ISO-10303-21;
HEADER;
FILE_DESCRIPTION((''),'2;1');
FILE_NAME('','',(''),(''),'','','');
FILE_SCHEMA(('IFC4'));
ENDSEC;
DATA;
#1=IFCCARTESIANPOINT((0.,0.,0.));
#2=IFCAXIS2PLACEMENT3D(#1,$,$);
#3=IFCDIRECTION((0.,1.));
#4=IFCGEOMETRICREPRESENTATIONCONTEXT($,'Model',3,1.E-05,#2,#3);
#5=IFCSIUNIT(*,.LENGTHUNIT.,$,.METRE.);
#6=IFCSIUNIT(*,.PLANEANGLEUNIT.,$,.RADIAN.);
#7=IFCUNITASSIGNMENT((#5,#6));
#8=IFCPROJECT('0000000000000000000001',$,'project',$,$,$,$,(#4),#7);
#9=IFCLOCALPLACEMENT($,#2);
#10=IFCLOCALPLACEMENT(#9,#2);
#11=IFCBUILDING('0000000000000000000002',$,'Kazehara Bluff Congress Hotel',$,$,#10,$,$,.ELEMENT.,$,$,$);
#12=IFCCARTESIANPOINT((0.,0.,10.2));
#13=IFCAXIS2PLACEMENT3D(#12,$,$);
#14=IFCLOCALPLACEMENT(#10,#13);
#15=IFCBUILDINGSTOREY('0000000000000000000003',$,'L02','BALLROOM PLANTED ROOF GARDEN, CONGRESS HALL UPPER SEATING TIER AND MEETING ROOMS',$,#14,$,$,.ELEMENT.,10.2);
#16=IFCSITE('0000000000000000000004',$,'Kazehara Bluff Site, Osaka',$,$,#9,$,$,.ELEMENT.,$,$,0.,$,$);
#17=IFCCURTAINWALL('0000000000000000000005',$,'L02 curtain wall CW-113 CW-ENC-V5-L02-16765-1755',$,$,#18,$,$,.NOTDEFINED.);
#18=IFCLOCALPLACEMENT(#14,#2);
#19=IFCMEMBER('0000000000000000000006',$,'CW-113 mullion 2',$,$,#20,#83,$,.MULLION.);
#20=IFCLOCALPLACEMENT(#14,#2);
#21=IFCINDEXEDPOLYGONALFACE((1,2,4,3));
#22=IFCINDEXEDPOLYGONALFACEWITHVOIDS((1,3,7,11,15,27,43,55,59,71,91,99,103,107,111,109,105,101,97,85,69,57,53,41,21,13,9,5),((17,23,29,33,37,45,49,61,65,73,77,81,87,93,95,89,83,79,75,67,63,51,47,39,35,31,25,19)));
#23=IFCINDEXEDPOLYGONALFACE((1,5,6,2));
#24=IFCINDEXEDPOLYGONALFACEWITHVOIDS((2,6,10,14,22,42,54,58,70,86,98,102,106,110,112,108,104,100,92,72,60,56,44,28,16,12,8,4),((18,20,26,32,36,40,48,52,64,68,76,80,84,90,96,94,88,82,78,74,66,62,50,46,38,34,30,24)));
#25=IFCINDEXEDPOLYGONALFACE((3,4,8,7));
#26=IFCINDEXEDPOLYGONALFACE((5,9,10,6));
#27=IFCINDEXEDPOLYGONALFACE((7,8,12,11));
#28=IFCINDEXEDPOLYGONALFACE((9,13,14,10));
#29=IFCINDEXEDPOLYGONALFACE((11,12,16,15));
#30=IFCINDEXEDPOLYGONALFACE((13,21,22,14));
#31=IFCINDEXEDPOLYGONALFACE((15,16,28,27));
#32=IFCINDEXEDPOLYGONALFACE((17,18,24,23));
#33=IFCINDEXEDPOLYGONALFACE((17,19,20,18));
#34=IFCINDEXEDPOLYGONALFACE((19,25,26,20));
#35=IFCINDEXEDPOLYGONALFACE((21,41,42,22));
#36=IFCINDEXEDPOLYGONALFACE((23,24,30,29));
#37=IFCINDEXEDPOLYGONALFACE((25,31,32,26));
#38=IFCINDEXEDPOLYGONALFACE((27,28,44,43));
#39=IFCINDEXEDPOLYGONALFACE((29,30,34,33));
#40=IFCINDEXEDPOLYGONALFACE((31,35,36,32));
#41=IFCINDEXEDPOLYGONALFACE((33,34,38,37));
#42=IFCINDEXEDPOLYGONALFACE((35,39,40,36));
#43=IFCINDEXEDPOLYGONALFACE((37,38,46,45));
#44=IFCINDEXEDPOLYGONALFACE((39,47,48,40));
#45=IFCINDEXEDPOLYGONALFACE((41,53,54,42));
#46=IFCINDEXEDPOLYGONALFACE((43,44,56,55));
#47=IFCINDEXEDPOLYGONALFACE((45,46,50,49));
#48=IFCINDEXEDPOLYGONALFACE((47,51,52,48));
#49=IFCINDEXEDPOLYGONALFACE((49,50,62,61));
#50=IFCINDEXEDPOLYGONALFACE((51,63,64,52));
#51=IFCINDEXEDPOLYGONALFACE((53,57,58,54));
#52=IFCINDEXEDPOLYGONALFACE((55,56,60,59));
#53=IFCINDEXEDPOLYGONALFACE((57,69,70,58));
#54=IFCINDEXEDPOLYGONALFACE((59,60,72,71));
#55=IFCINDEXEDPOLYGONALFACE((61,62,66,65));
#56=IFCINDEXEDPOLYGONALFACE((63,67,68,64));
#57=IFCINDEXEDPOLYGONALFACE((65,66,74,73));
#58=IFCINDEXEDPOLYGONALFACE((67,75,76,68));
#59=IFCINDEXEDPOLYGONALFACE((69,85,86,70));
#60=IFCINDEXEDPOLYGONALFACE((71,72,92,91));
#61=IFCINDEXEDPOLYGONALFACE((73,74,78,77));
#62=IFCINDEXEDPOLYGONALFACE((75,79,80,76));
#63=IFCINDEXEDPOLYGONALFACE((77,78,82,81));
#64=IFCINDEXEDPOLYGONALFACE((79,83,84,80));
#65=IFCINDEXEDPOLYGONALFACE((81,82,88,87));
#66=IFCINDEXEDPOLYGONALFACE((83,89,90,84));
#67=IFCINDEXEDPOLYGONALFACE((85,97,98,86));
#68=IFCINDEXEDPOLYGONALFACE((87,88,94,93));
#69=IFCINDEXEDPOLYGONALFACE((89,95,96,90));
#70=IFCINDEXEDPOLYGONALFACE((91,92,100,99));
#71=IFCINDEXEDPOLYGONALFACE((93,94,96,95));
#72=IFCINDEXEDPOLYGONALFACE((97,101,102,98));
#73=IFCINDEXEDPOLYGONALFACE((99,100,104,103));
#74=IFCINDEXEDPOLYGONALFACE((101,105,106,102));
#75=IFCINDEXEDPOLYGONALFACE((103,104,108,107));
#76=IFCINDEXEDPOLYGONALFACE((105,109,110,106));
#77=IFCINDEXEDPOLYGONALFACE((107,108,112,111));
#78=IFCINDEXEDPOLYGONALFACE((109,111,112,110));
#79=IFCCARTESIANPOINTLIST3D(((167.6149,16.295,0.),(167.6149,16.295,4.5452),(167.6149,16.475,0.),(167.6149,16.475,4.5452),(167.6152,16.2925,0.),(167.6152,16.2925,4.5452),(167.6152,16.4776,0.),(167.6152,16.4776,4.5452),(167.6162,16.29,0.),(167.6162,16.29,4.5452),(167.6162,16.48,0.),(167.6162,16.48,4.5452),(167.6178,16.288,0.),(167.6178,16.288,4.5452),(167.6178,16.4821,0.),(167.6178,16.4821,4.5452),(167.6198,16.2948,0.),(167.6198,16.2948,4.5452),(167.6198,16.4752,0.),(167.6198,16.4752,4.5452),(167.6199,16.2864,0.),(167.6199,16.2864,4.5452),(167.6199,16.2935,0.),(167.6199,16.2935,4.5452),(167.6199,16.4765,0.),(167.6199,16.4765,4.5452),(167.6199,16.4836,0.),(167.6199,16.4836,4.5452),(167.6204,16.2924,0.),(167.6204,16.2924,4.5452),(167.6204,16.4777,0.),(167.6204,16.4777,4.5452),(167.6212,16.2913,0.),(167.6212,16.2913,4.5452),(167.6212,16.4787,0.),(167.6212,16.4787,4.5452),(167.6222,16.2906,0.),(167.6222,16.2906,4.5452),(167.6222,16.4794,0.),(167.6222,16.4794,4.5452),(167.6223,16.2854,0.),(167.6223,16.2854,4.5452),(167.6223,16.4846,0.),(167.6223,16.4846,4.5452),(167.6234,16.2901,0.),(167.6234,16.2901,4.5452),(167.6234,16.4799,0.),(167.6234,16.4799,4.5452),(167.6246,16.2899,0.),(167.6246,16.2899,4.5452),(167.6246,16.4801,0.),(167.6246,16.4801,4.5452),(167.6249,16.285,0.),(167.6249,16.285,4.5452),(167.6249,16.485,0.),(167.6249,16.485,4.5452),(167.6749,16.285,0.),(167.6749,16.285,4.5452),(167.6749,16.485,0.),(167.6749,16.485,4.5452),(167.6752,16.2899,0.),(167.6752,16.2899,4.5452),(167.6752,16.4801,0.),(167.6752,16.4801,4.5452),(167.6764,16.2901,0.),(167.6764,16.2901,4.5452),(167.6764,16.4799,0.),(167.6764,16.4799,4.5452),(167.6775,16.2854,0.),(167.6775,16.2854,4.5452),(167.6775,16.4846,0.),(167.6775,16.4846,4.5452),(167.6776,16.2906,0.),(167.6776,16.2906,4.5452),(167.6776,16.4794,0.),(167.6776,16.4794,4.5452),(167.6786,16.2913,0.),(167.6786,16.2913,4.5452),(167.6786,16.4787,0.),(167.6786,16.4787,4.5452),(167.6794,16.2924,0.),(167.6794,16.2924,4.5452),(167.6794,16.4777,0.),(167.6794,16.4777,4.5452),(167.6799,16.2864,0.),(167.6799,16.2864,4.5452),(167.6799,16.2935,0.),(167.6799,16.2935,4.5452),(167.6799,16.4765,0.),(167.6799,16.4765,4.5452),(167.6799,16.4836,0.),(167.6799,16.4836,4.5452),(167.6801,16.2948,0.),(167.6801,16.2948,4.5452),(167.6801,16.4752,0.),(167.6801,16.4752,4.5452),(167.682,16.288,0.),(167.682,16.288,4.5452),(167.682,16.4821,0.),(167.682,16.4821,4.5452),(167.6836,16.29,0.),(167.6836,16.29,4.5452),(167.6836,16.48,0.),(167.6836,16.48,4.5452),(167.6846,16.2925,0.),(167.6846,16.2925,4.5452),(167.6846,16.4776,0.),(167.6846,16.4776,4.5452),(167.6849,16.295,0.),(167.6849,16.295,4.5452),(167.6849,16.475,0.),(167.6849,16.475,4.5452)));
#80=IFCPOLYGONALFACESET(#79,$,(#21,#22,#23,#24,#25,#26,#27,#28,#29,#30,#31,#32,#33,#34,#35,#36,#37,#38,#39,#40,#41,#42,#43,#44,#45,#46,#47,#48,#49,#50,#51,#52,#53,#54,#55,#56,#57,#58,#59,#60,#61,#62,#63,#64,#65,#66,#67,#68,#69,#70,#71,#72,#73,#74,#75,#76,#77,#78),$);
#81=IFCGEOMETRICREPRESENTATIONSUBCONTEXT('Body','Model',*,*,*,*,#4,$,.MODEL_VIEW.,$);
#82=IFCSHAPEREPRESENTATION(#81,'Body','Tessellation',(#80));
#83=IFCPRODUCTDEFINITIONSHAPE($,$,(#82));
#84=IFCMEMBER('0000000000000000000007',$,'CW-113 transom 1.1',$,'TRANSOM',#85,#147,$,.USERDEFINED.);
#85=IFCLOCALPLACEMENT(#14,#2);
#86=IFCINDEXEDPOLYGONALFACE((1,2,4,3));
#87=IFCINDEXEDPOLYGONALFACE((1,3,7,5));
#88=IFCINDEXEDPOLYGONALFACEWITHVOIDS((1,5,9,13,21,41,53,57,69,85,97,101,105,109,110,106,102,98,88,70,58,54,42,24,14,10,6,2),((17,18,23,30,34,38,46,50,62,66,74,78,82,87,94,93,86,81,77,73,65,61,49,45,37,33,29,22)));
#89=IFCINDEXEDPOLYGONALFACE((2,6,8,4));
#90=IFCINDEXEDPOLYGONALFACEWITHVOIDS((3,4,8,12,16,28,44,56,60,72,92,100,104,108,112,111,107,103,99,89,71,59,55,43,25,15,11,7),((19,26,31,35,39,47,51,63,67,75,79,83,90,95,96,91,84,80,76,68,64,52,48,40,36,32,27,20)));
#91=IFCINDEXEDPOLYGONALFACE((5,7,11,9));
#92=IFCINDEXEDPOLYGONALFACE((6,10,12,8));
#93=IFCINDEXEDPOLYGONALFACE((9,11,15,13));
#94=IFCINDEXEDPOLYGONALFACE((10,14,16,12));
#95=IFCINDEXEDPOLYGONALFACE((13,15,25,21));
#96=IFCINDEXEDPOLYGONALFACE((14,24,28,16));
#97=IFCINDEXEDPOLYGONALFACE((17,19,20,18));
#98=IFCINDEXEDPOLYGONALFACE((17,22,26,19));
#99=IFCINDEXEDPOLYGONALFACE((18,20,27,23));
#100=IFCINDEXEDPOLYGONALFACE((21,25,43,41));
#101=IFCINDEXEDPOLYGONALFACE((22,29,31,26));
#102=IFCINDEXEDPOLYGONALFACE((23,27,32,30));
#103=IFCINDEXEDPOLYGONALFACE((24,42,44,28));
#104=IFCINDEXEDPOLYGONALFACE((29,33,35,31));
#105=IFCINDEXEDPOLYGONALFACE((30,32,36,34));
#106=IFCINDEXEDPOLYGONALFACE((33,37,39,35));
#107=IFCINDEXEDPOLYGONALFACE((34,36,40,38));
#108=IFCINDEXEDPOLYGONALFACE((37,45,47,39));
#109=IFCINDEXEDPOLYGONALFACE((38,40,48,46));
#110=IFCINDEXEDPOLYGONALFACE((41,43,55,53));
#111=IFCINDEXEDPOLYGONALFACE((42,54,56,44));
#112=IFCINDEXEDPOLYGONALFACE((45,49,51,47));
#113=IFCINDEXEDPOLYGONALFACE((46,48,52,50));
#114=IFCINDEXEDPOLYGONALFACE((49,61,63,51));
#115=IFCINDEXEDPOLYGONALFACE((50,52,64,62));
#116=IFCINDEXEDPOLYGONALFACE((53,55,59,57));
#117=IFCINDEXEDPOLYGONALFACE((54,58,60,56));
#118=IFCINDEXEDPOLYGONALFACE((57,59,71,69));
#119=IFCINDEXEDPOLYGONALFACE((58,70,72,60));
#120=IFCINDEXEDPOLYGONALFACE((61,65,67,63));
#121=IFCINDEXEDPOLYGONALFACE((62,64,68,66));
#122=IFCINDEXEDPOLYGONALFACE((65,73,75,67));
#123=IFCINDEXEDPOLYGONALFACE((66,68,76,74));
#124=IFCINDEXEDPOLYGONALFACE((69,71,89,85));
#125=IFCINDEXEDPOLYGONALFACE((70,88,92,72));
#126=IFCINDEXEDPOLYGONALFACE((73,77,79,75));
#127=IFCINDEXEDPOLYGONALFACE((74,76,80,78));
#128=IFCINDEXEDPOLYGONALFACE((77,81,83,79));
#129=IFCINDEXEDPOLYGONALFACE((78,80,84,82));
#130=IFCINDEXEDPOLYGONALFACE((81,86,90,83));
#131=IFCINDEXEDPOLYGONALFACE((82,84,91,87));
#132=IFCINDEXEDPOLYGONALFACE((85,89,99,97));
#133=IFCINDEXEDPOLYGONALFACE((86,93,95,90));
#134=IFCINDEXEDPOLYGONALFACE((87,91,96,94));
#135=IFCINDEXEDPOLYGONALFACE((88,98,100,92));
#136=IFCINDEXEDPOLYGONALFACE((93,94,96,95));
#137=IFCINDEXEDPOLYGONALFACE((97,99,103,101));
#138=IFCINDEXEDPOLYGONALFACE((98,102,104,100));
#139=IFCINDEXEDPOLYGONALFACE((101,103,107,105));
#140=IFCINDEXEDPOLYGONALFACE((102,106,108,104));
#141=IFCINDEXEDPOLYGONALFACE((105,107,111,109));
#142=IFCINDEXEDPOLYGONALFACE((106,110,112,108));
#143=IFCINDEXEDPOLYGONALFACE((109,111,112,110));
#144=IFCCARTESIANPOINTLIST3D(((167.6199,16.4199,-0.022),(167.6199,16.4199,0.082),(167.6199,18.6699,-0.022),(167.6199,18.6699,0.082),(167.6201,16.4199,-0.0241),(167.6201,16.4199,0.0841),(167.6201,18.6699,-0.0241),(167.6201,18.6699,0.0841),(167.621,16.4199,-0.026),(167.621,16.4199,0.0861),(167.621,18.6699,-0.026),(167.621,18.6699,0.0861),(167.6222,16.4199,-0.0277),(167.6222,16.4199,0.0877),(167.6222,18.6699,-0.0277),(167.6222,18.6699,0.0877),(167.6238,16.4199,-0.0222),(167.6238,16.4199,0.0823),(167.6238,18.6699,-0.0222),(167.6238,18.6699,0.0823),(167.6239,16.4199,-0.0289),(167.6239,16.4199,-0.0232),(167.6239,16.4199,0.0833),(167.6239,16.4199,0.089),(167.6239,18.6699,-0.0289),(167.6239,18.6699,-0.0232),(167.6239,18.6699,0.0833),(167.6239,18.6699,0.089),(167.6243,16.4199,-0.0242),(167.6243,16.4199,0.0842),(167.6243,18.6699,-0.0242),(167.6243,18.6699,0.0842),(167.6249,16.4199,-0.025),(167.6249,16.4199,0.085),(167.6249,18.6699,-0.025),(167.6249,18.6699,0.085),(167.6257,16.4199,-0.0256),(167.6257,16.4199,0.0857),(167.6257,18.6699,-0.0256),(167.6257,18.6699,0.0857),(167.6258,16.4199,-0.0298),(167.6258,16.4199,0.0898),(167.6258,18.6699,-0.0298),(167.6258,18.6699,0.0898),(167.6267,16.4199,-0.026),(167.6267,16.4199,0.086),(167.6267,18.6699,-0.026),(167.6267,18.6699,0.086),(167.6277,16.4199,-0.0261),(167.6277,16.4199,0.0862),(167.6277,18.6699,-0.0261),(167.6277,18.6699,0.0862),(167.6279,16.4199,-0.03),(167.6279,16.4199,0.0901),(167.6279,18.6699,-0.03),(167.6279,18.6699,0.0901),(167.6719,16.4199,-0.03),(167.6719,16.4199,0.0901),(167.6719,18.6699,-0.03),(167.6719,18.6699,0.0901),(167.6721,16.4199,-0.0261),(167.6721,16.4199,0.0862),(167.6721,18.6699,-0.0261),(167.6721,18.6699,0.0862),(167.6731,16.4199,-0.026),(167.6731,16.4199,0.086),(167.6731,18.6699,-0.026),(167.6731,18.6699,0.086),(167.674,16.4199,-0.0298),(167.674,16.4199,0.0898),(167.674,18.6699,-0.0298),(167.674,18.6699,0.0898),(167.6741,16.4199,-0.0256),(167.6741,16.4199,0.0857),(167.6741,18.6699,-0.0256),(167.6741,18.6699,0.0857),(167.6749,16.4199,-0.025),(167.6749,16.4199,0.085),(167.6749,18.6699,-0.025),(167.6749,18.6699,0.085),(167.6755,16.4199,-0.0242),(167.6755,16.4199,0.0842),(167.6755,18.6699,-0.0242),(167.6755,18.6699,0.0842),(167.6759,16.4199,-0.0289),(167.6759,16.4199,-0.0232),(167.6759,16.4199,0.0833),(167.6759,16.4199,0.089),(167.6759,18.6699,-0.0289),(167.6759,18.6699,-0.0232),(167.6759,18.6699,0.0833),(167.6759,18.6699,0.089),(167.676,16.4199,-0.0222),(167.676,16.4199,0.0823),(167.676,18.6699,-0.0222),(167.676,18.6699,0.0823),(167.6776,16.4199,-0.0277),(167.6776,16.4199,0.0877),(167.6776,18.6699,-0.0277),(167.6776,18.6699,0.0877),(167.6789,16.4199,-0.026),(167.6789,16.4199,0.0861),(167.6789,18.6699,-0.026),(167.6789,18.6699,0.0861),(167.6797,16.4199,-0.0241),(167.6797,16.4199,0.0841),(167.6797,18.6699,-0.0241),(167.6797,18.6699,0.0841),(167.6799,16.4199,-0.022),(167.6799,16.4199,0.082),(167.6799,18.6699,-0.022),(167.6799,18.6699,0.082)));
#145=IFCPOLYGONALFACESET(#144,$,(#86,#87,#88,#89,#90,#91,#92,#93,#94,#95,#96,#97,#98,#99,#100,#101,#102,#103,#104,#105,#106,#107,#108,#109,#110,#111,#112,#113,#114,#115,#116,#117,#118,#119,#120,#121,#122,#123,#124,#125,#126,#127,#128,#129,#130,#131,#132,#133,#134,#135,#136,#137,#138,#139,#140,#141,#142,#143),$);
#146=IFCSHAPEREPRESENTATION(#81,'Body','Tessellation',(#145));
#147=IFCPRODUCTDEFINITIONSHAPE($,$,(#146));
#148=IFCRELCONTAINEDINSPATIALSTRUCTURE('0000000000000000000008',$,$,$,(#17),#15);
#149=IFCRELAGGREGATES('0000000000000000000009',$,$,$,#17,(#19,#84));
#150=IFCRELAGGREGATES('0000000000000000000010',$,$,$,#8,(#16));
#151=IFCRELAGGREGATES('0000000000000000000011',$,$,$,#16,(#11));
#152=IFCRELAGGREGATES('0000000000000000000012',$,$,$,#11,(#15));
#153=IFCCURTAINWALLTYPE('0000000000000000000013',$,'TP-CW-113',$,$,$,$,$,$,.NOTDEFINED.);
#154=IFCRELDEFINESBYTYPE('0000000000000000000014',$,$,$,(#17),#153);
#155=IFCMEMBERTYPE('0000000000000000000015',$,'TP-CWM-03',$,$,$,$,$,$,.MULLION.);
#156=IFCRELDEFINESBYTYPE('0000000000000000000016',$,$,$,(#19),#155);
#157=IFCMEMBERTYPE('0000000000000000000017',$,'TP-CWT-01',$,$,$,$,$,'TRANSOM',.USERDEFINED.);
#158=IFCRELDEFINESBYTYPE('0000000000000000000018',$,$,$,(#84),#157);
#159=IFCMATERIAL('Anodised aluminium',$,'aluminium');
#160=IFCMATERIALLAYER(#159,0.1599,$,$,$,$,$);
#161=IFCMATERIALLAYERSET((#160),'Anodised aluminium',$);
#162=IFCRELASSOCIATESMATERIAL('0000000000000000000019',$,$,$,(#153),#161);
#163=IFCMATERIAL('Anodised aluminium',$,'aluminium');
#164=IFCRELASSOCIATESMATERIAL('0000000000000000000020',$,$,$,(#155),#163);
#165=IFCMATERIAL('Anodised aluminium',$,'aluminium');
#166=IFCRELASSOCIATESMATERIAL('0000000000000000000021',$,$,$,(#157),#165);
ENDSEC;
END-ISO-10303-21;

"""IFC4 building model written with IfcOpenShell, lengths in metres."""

from ifc_helpers import new_model, si_unit, direction, frame, origin, origin_2d, place, context, subcontext, project, spatial, hollow_rectangle, extrude, material, layer, layer_set, material_profile, profile_set, type_object, element, aggregate, save


model = new_model("IFC4")

# Units and contexts
model_context = context("Model", 3, precision=1e-05, world=origin(), true_north=direction((0.0, 1.0)))
body_context = subcontext(model_context, "Body", "Model", "MODEL_VIEW")
ifc_project = project(units=[si_unit("LENGTHUNIT", "METRE"), si_unit("PLANEANGLEUNIT", "RADIAN")], contexts=[model_context])

# Site, building, storey
site_placement = place(None, origin())
site = spatial("IfcSite", under=ifc_project, at=site_placement, Name="Kazehara Bluff Site, Osaka", CompositionType="ELEMENT", RefElevation=0.0)
building_placement = place(site_placement, origin())
building = spatial("IfcBuilding", under=site, at=building_placement, Name="Kazehara Bluff Congress Hotel", CompositionType="ELEMENT")
storey_placement = place(building_placement, frame((0.0, 0.0, 10.2)))
storey = spatial("IfcBuildingStorey", under=building, at=storey_placement, Name="L02", Description="BALLROOM PLANTED ROOF GARDEN, CONGRESS HALL UPPER SEATING TIER AND MEETING ROOMS", CompositionType="ELEMENT", Elevation=10.2)

# Curtain wall, members
ifc_material_1 = material(Name="Anodised aluminium", Category="aluminium")
ifc_layer_1 = layer(ifc_material_1, 0.1599)
ifc_layer_set_1 = layer_set([ifc_layer_1], Name="Anodised aluminium")
curtain_wall_type = type_object("IfcCurtainWallType", Name="TP-CW-113", PredefinedType="NOTDEFINED", material=ifc_layer_set_1)
curtain_wall_placement = place(storey_placement, origin())
curtain_wall = element("IfcCurtainWall", 1, at=curtain_wall_placement, inside=storey, type_object=curtain_wall_type, Name="L02 curtain wall CW-113 CW-ENC-V5-L02-16765-1755", PredefinedType="NOTDEFINED")
ifc_material_2 = material(Name="Anodised aluminium", Category="aluminium")
ifc_material_profile_1 = material_profile(ifc_material_2, hollow_rectangle(XDim=0.0701, YDim=0.2, WallThickness=0.0049, InnerFilletRadius=0.0049, OuterFilletRadius=0.01, at=origin_2d()))
ifc_profile_set_1 = profile_set([ifc_material_profile_1], Name="Anodised aluminium")
member_type_1 = type_object("IfcMemberType", Name="TP-CWM-03", PredefinedType="MULLION", material=ifc_profile_set_1)
member_1_placement = place(storey_placement, frame((167.6499, 16.385, 0.0), z_axis=(0.0, 0.0, 1.0), x_axis=(1.0, 0.0, 0.0)))
member_1 = element("IfcMember", 2, at=member_1_placement, type_object=member_type_1, Name="CW-113 mullion 2", PredefinedType="MULLION", context=body_context, shape_type="SweptSolid", body=[
    extrude(hollow_rectangle(XDim=0.0701, YDim=0.2, WallThickness=0.0049, InnerFilletRadius=0.0049, OuterFilletRadius=0.01, at=origin_2d()), origin(), (0.0, 0.0, 1.0), 4.5452),
])
ifc_material_3 = material(Name="Anodised aluminium", Category="aluminium")
ifc_material_profile_2 = material_profile(ifc_material_3, hollow_rectangle(XDim=0.0601, YDim=0.1201, WallThickness=0.0039, InnerFilletRadius=0.0039, OuterFilletRadius=0.0081, at=origin_2d()))
ifc_profile_set_2 = profile_set([ifc_material_profile_2], Name="Anodised aluminium")
member_type_2 = type_object("IfcMemberType", Name="TP-CWT-01", ElementType="TRANSOM", PredefinedType="USERDEFINED", material=ifc_profile_set_2)
member_2_placement = place(storey_placement, frame((167.6499, 18.6699, 0.03), z_axis=(0.0, -1.0, 0.0), x_axis=(1.0, 0.0, 0.0)))
member_2 = element("IfcMember", 3, at=member_2_placement, type_object=member_type_2, Name="CW-113 transom 1.1", ObjectType="TRANSOM", PredefinedType="USERDEFINED", context=body_context, shape_type="SweptSolid", body=[
    extrude(hollow_rectangle(XDim=0.0601, YDim=0.1201, WallThickness=0.0039, InnerFilletRadius=0.0039, OuterFilletRadius=0.0081, at=origin_2d()), origin(), (0.0, 0.0, 1.0), 2.25),
])

aggregate(curtain_wall, [member_1, member_2])

save(model, "model.ifc")
